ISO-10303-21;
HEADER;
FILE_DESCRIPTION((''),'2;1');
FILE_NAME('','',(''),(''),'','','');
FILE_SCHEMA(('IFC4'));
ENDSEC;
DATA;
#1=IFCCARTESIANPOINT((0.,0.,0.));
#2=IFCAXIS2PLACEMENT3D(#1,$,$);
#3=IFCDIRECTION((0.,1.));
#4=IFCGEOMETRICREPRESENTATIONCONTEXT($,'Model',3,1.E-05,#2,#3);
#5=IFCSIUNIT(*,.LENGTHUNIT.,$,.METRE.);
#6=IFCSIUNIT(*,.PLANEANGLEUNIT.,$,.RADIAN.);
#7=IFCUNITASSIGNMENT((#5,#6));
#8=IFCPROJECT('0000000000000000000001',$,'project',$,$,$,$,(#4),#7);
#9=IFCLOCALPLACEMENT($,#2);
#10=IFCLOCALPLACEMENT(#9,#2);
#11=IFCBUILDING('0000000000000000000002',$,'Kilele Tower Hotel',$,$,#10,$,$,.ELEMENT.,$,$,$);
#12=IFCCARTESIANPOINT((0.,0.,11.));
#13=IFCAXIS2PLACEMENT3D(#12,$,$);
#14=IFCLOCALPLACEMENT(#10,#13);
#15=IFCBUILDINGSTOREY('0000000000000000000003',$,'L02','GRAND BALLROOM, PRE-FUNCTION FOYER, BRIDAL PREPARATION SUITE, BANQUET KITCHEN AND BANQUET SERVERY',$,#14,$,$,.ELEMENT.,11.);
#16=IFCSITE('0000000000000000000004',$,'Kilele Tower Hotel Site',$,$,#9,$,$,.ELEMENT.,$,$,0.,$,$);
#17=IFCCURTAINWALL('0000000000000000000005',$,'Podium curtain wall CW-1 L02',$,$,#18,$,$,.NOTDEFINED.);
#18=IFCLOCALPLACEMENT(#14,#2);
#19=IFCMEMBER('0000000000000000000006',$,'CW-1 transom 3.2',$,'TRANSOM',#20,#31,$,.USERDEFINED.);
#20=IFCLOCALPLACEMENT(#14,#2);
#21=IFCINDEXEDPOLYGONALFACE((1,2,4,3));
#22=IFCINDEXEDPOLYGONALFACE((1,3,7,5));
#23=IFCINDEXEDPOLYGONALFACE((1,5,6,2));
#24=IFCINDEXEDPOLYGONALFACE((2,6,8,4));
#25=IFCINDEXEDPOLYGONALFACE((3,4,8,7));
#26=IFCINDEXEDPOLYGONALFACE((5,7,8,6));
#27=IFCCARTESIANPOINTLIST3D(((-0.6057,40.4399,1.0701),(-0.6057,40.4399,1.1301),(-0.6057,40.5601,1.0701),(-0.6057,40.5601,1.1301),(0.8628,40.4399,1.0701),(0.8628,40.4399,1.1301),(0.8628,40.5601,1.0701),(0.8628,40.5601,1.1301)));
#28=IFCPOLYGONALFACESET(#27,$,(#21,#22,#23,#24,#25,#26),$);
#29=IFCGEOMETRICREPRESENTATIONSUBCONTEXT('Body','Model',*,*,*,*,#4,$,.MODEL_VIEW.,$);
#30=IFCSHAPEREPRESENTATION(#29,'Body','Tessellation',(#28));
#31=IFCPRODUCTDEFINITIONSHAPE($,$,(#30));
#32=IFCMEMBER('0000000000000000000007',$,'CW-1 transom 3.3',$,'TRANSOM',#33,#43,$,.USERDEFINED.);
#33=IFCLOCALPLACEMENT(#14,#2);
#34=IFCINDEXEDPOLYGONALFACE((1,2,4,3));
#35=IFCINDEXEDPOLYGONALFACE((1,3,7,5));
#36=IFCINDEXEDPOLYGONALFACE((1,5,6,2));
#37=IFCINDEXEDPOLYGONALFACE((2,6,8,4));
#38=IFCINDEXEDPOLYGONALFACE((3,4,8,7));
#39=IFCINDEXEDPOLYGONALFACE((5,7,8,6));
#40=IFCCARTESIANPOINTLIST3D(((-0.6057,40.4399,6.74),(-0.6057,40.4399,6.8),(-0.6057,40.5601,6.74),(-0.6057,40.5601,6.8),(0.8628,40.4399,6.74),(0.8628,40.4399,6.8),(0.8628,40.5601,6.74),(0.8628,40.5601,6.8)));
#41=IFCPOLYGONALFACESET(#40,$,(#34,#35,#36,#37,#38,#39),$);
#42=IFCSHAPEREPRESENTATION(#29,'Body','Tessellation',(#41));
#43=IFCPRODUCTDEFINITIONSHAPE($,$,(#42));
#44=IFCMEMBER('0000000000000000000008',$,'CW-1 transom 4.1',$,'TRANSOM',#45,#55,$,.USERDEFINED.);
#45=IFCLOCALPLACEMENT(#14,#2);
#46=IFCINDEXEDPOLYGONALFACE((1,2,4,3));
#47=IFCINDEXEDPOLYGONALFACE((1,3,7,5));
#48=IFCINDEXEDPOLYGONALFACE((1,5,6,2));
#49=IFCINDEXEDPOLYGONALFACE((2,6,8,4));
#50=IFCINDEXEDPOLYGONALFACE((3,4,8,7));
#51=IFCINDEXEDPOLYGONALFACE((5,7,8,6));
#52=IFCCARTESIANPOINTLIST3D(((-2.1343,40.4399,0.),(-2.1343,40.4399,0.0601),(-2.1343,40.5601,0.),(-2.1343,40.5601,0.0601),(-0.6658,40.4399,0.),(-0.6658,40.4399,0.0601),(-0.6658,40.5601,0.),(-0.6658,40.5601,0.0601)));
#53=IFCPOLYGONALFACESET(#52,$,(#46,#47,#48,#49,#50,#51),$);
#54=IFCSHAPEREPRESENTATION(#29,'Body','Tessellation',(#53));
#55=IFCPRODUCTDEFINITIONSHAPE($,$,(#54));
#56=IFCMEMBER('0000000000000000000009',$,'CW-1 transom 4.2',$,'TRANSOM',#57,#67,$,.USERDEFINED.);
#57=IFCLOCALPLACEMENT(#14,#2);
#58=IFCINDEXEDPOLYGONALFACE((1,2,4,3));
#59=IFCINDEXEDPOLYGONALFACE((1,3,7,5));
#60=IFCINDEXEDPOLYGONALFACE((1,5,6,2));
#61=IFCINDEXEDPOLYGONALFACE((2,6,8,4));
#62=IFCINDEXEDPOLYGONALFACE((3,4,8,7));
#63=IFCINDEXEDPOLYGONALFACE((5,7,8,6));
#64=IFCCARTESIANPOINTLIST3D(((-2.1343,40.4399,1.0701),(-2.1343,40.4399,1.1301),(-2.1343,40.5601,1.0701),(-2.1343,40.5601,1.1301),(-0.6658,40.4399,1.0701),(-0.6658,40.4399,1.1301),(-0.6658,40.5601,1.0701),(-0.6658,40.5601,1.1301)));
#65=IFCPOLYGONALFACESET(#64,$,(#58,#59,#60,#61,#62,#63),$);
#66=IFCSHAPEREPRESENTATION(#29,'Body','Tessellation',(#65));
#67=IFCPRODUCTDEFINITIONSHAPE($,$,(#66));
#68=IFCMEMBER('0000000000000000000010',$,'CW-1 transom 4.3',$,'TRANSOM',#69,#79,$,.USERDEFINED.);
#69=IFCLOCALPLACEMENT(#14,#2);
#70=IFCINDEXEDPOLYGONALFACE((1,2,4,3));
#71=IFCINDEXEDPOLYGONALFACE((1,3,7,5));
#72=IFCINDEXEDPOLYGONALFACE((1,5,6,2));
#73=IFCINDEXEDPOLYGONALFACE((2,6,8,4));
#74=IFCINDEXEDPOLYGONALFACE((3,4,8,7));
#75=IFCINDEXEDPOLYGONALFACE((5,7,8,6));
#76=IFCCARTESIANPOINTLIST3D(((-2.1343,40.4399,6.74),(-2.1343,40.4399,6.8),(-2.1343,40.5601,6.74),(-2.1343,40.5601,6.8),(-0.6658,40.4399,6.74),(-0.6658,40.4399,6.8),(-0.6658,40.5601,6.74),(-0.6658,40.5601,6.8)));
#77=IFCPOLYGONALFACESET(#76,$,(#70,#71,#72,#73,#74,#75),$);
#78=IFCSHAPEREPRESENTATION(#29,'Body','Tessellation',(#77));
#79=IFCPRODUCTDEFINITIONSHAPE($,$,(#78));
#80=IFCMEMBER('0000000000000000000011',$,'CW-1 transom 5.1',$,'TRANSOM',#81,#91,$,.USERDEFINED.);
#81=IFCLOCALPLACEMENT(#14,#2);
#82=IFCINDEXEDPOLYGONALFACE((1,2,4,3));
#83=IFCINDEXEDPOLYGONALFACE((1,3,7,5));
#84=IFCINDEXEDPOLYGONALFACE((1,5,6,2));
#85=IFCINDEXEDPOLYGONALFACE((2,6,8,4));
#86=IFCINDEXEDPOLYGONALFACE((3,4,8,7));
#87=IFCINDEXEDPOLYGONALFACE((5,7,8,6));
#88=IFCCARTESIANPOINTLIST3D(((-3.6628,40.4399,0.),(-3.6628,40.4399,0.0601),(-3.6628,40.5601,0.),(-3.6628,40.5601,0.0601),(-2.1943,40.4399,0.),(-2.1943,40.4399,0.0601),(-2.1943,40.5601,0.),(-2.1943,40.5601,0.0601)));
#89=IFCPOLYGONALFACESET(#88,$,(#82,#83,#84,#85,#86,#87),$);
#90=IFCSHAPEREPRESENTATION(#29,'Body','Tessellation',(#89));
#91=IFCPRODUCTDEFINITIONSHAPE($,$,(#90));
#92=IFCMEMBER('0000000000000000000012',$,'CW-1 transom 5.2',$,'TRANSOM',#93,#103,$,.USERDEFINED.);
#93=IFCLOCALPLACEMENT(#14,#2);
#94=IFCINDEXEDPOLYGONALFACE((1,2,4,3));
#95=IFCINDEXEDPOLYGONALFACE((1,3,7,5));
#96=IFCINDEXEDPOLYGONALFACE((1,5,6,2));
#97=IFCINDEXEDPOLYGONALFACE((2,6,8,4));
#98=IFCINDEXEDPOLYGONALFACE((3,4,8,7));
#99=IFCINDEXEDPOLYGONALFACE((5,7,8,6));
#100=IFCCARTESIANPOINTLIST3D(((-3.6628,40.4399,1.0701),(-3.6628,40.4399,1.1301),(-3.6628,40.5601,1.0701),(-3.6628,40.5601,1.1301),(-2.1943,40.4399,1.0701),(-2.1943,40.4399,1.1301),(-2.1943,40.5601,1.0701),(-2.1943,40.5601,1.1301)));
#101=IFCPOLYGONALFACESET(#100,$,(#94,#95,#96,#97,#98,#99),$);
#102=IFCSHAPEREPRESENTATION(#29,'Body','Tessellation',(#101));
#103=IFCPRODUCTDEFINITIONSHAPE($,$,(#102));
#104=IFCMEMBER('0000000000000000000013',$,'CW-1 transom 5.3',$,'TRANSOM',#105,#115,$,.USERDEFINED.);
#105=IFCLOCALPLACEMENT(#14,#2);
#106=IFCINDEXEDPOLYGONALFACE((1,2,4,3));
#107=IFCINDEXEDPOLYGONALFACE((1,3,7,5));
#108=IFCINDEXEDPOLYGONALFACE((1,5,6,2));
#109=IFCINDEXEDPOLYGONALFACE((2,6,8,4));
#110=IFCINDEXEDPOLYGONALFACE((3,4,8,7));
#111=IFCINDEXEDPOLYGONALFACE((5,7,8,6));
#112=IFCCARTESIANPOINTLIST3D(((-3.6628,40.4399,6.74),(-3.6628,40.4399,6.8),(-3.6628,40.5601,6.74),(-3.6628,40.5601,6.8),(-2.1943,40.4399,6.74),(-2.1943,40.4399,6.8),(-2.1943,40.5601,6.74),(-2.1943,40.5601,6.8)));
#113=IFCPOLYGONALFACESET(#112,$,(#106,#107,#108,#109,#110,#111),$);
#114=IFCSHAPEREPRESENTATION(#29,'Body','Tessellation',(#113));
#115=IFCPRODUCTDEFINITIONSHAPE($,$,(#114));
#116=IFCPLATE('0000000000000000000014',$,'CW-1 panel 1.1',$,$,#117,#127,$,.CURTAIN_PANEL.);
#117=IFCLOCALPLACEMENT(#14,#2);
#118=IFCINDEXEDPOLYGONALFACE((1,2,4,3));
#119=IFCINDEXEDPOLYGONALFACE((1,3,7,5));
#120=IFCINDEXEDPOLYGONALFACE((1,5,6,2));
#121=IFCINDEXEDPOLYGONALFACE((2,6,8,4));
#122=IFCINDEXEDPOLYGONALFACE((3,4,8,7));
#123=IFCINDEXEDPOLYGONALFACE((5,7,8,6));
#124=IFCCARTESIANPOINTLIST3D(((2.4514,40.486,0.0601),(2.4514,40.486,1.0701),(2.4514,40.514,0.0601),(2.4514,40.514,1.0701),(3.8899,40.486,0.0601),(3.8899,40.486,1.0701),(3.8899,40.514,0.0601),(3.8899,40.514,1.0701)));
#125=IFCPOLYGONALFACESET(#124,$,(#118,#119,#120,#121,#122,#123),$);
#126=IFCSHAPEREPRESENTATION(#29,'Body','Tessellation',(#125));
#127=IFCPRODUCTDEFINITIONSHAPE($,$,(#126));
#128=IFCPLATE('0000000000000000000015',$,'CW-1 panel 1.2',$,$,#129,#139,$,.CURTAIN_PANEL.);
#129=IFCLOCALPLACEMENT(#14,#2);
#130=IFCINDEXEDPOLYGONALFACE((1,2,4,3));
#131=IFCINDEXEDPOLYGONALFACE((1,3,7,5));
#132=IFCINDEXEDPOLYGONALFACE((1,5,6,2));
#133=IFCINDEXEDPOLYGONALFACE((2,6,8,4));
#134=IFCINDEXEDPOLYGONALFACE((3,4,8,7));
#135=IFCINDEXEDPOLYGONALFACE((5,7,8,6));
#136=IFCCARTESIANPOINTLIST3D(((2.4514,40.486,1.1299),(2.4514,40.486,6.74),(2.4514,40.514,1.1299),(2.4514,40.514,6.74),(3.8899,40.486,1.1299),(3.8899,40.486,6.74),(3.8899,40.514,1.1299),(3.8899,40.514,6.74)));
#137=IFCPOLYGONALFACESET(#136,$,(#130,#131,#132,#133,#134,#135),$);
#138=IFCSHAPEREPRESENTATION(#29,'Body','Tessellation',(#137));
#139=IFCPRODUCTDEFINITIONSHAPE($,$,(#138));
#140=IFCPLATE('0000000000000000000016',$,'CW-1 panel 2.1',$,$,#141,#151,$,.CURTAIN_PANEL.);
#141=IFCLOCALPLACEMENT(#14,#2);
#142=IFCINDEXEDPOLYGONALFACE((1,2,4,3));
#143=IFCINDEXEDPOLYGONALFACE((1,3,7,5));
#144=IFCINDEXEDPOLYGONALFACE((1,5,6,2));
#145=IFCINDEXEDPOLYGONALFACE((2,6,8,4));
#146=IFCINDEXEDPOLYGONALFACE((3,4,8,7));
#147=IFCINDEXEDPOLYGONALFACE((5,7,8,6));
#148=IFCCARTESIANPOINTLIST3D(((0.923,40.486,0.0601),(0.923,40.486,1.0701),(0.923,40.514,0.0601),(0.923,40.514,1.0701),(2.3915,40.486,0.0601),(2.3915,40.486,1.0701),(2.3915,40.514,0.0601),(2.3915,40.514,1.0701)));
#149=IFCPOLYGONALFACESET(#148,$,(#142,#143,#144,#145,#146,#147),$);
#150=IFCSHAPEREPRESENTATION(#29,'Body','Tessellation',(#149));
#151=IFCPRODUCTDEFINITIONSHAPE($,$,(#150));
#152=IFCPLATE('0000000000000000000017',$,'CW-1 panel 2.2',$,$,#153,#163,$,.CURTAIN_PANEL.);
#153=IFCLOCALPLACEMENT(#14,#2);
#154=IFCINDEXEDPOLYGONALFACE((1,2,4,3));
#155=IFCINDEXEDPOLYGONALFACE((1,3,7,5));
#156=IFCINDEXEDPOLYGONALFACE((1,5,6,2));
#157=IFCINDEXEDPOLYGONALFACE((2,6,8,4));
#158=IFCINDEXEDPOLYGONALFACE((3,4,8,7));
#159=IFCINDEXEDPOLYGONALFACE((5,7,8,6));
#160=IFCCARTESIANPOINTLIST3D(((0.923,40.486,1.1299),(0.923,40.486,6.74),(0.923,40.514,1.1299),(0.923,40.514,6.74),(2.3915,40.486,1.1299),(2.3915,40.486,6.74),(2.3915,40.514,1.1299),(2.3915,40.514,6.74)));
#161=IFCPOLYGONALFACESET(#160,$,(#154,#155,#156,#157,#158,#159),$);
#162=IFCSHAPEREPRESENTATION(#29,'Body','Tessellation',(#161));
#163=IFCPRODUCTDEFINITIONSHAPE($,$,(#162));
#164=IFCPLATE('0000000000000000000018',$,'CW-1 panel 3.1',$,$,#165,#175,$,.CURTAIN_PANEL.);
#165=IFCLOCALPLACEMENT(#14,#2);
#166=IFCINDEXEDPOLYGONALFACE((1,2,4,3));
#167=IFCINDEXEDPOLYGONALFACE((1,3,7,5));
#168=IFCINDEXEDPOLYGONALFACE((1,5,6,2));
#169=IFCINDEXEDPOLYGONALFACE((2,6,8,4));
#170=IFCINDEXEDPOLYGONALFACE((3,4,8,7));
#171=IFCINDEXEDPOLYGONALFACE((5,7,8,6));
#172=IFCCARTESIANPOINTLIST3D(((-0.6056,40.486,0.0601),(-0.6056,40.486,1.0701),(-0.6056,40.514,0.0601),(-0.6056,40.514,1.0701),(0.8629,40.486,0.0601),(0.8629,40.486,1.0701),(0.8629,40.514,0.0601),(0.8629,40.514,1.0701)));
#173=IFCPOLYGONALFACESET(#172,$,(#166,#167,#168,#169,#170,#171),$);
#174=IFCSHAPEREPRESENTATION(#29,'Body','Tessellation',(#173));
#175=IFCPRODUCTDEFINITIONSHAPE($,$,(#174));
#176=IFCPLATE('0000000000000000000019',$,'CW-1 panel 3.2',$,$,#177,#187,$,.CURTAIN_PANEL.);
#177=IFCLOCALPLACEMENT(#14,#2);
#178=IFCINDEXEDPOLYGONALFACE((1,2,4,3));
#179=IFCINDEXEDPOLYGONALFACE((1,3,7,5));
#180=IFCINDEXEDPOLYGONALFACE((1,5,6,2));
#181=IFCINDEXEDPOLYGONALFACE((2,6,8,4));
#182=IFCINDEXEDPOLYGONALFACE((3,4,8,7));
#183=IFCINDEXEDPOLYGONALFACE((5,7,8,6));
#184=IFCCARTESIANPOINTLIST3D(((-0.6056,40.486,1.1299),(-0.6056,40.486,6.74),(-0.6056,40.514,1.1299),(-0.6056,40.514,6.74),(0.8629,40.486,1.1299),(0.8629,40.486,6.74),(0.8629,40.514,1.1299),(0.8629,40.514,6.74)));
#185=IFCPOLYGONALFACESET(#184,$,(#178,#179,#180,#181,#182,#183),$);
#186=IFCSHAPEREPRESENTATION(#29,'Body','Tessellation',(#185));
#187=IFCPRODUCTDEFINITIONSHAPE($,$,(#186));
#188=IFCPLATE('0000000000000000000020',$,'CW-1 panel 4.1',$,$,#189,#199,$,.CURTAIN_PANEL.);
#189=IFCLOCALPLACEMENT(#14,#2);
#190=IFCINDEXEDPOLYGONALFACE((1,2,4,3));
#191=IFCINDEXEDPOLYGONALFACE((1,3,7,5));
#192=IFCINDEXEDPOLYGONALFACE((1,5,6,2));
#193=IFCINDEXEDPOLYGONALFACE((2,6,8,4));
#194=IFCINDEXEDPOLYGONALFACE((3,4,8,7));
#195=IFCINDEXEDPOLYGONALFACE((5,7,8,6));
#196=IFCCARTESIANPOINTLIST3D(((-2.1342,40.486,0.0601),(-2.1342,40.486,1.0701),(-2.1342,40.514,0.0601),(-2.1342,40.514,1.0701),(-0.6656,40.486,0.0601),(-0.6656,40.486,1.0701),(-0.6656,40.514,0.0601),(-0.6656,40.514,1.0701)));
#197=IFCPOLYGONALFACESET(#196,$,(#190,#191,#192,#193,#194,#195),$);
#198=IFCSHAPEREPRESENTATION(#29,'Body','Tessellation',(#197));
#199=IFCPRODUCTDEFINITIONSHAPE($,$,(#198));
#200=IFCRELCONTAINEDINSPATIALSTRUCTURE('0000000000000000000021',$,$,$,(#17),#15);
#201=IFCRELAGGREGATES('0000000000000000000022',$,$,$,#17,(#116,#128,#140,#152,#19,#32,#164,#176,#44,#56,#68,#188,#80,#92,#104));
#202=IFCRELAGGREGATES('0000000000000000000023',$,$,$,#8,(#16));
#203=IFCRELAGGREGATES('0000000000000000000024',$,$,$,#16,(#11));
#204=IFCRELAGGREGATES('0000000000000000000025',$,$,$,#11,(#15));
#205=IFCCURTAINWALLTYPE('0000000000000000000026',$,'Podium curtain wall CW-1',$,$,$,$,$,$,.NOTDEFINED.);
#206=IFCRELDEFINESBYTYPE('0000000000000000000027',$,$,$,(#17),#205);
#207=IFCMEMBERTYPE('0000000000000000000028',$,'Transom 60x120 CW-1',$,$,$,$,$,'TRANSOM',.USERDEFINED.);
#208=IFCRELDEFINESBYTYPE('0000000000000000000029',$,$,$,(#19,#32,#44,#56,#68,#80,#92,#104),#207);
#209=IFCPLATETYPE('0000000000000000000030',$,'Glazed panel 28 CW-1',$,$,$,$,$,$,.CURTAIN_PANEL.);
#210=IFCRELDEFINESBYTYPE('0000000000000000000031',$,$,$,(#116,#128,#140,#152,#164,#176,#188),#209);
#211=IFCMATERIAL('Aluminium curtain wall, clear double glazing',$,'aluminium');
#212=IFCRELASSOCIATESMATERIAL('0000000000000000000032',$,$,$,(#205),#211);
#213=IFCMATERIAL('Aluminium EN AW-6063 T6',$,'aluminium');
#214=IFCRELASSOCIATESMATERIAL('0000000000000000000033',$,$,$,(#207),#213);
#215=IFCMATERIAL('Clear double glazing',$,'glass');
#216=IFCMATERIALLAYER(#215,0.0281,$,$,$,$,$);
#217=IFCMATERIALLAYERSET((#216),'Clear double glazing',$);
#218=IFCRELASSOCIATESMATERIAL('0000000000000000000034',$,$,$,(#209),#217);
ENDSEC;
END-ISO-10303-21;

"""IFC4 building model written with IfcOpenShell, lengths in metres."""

from ifc_helpers import new_model, si_unit, direction, frame, origin, origin_2d, place, context, subcontext, project, spatial, rectangle, extrude, material, layer, layer_set, material_profile, profile_set, type_object, element, aggregate, save


model = new_model("IFC4")

# Units and contexts
model_context = context("Model", 3, precision=1e-05, world=origin(), true_north=direction((0.0, 1.0)))
body_context = subcontext(model_context, "Body", "Model", "MODEL_VIEW")
ifc_project = project(units=[si_unit("LENGTHUNIT", "METRE"), si_unit("PLANEANGLEUNIT", "RADIAN")], contexts=[model_context])

# Site, building, storey
site_placement = place(None, origin())
site = spatial("IfcSite", under=ifc_project, at=site_placement, Name="Kilele Tower Hotel Site", CompositionType="ELEMENT", RefElevation=0.0)
building_placement = place(site_placement, origin())
building = spatial("IfcBuilding", under=site, at=building_placement, Name="Kilele Tower Hotel", CompositionType="ELEMENT")
storey_placement = place(building_placement, frame((0.0, 0.0, 11.0)))
storey = spatial("IfcBuildingStorey", under=building, at=storey_placement, Name="L02", Description="GRAND BALLROOM, PRE-FUNCTION FOYER, BRIDAL PREPARATION SUITE, BANQUET KITCHEN AND BANQUET SERVERY", CompositionType="ELEMENT", Elevation=11.0)

# Curtain wall, members, plates
ifc_material_1 = material(Name="Aluminium curtain wall, clear double glazing", Category="aluminium")
curtain_wall_type = type_object("IfcCurtainWallType", Name="Podium curtain wall CW-1", PredefinedType="NOTDEFINED", material=ifc_material_1)
curtain_wall_placement = place(storey_placement, origin())
curtain_wall = element("IfcCurtainWall", 1, at=curtain_wall_placement, inside=storey, type_object=curtain_wall_type, Name="Podium curtain wall CW-1 L02", PredefinedType="NOTDEFINED")
ifc_material_2 = material(Name="Aluminium EN AW-6063 T6", Category="aluminium")
ifc_material_profile_1 = material_profile(ifc_material_2, rectangle(XDim=0.1201, YDim=0.0601, at=origin_2d()))
ifc_profile_set_1 = profile_set([ifc_material_profile_1], Name="Aluminium EN AW-6063 T6")
member_type_1 = type_object("IfcMemberType", Name="Transom 60x120 CW-1", ElementType="TRANSOM", PredefinedType="USERDEFINED", material=ifc_profile_set_1)
member_1_placement = place(storey_placement, frame((0.8628, 40.5, 1.1001), z_axis=(-1.0, 0.0, 0.0), x_axis=(0.0, -1.0, 0.0)))
member_1 = element("IfcMember", 2, at=member_1_placement, type_object=member_type_1, Name="CW-1 transom 3.2", ObjectType="TRANSOM", PredefinedType="USERDEFINED", context=body_context, shape_type="SweptSolid", body=[
    extrude(rectangle(XDim=0.1201, YDim=0.0601, at=origin_2d()), origin(), (0.0, 0.0, 1.0), 1.4685),
])
member_2_placement = place(storey_placement, frame((0.8628, 40.5, 6.77), z_axis=(-1.0, 0.0, 0.0), x_axis=(0.0, -1.0, 0.0)))
member_2 = element("IfcMember", 3, at=member_2_placement, type_object=member_type_1, Name="CW-1 transom 3.3", ObjectType="TRANSOM", PredefinedType="USERDEFINED", context=body_context, shape_type="SweptSolid", body=[
    extrude(rectangle(XDim=0.1201, YDim=0.0601, at=origin_2d()), origin(), (0.0, 0.0, 1.0), 1.4685),
])
member_3_placement = place(storey_placement, frame((-0.6658, 40.5, 0.03), z_axis=(-1.0, 0.0, 0.0), x_axis=(0.0, -1.0, 0.0)))
member_3 = element("IfcMember", 4, at=member_3_placement, type_object=member_type_1, Name="CW-1 transom 4.1", ObjectType="TRANSOM", PredefinedType="USERDEFINED", context=body_context, shape_type="SweptSolid", body=[
    extrude(rectangle(XDim=0.1201, YDim=0.0601, at=origin_2d()), origin(), (0.0, 0.0, 1.0), 1.4685),
])
member_4_placement = place(storey_placement, frame((-0.6658, 40.5, 1.1001), z_axis=(-1.0, 0.0, 0.0), x_axis=(0.0, -1.0, 0.0)))
member_4 = element("IfcMember", 5, at=member_4_placement, type_object=member_type_1, Name="CW-1 transom 4.2", ObjectType="TRANSOM", PredefinedType="USERDEFINED", context=body_context, shape_type="SweptSolid", body=[
    extrude(rectangle(XDim=0.1201, YDim=0.0601, at=origin_2d()), origin(), (0.0, 0.0, 1.0), 1.4685),
])
member_5_placement = place(storey_placement, frame((-0.6658, 40.5, 6.77), z_axis=(-1.0, 0.0, 0.0), x_axis=(0.0, -1.0, 0.0)))
member_5 = element("IfcMember", 6, at=member_5_placement, type_object=member_type_1, Name="CW-1 transom 4.3", ObjectType="TRANSOM", PredefinedType="USERDEFINED", context=body_context, shape_type="SweptSolid", body=[
    extrude(rectangle(XDim=0.1201, YDim=0.0601, at=origin_2d()), origin(), (0.0, 0.0, 1.0), 1.4685),
])
member_6_placement = place(storey_placement, frame((-2.1943, 40.5, 0.03), z_axis=(-1.0, 0.0, 0.0), x_axis=(0.0, -1.0, 0.0)))
member_6 = element("IfcMember", 7, at=member_6_placement, type_object=member_type_1, Name="CW-1 transom 5.1", ObjectType="TRANSOM", PredefinedType="USERDEFINED", context=body_context, shape_type="SweptSolid", body=[
    extrude(rectangle(XDim=0.1201, YDim=0.0601, at=origin_2d()), origin(), (0.0, 0.0, 1.0), 1.4685),
])
member_7_placement = place(storey_placement, frame((-2.1943, 40.5, 1.1001), z_axis=(-1.0, 0.0, 0.0), x_axis=(0.0, -1.0, 0.0)))
member_7 = element("IfcMember", 8, at=member_7_placement, type_object=member_type_1, Name="CW-1 transom 5.2", ObjectType="TRANSOM", PredefinedType="USERDEFINED", context=body_context, shape_type="SweptSolid", body=[
    extrude(rectangle(XDim=0.1201, YDim=0.0601, at=origin_2d()), origin(), (0.0, 0.0, 1.0), 1.4685),
])
member_8_placement = place(storey_placement, frame((-2.1943, 40.5, 6.77), z_axis=(-1.0, 0.0, 0.0), x_axis=(0.0, -1.0, 0.0)))
member_8 = element("IfcMember", 9, at=member_8_placement, type_object=member_type_1, Name="CW-1 transom 5.3", ObjectType="TRANSOM", PredefinedType="USERDEFINED", context=body_context, shape_type="SweptSolid", body=[
    extrude(rectangle(XDim=0.1201, YDim=0.0601, at=origin_2d()), origin(), (0.0, 0.0, 1.0), 1.4685),
])
ifc_material_3 = material(Name="Clear double glazing", Category="glass")
ifc_layer = layer(ifc_material_3, 0.0281)
ifc_layer_set = layer_set([ifc_layer], Name="Clear double glazing")
plate_type = type_object("IfcPlateType", Name="Glazed panel 28 CW-1", PredefinedType="CURTAIN_PANEL", material=ifc_layer_set)
plate_1_placement = place(storey_placement, frame((3.1707, 40.5, 0.0601), z_axis=(0.0, 0.0, 1.0), x_axis=(-1.0, 0.0, 0.0)))
plate_1 = element("IfcPlate", 10, at=plate_1_placement, type_object=plate_type, Name="CW-1 panel 1.1", PredefinedType="CURTAIN_PANEL", context=body_context, shape_type="SweptSolid", body=[
    extrude(rectangle(XDim=1.4385, YDim=0.0281, at=origin_2d()), origin(), (0.0, 0.0, 1.0), 1.01),
])
plate_2_placement = place(storey_placement, frame((3.1707, 40.5, 1.1299), z_axis=(0.0, 0.0, 1.0), x_axis=(-1.0, 0.0, 0.0)))
plate_2 = element("IfcPlate", 11, at=plate_2_placement, type_object=plate_type, Name="CW-1 panel 1.2", PredefinedType="CURTAIN_PANEL", context=body_context, shape_type="SweptSolid", body=[
    extrude(rectangle(XDim=1.4385, YDim=0.0281, at=origin_2d()), origin(), (0.0, 0.0, 1.0), 5.6101),
])
plate_3_placement = place(storey_placement, frame((1.6572, 40.5, 0.0601), z_axis=(0.0, 0.0, 1.0), x_axis=(-1.0, 0.0, 0.0)))
plate_3 = element("IfcPlate", 12, at=plate_3_placement, type_object=plate_type, Name="CW-1 panel 2.1", PredefinedType="CURTAIN_PANEL", context=body_context, shape_type="SweptSolid", body=[
    extrude(rectangle(XDim=1.4685, YDim=0.0281, at=origin_2d()), origin(), (0.0, 0.0, 1.0), 1.01),
])
plate_4_placement = place(storey_placement, frame((1.6572, 40.5, 1.1299), z_axis=(0.0, 0.0, 1.0), x_axis=(-1.0, 0.0, 0.0)))
plate_4 = element("IfcPlate", 13, at=plate_4_placement, type_object=plate_type, Name="CW-1 panel 2.2", PredefinedType="CURTAIN_PANEL", context=body_context, shape_type="SweptSolid", body=[
    extrude(rectangle(XDim=1.4685, YDim=0.0281, at=origin_2d()), origin(), (0.0, 0.0, 1.0), 5.6101),
])
plate_5_placement = place(storey_placement, frame((0.1287, 40.5, 0.0601), z_axis=(0.0, 0.0, 1.0), x_axis=(-1.0, 0.0, 0.0)))
plate_5 = element("IfcPlate", 14, at=plate_5_placement, type_object=plate_type, Name="CW-1 panel 3.1", PredefinedType="CURTAIN_PANEL", context=body_context, shape_type="SweptSolid", body=[
    extrude(rectangle(XDim=1.4685, YDim=0.0281, at=origin_2d()), origin(), (0.0, 0.0, 1.0), 1.01),
])
plate_6_placement = place(storey_placement, frame((0.1287, 40.5, 1.1299), z_axis=(0.0, 0.0, 1.0), x_axis=(-1.0, 0.0, 0.0)))
plate_6 = element("IfcPlate", 15, at=plate_6_placement, type_object=plate_type, Name="CW-1 panel 3.2", PredefinedType="CURTAIN_PANEL", context=body_context, shape_type="SweptSolid", body=[
    extrude(rectangle(XDim=1.4685, YDim=0.0281, at=origin_2d()), origin(), (0.0, 0.0, 1.0), 5.6101),
])
plate_7_placement = place(storey_placement, frame((-1.3999, 40.5, 0.0601), z_axis=(0.0, 0.0, 1.0), x_axis=(-1.0, 0.0, 0.0)))
plate_7 = element("IfcPlate", 16, at=plate_7_placement, type_object=plate_type, Name="CW-1 panel 4.1", PredefinedType="CURTAIN_PANEL", context=body_context, shape_type="SweptSolid", body=[
    extrude(rectangle(XDim=1.4685, YDim=0.0281, at=origin_2d()), origin(), (0.0, 0.0, 1.0), 1.01),
])
aggregate(curtain_wall, [plate_1, plate_2, plate_3, plate_4, member_1, member_2, plate_5, plate_6, member_3, member_4, member_5, plate_7, member_6, member_7, member_8])

save(model, "model.ifc")
